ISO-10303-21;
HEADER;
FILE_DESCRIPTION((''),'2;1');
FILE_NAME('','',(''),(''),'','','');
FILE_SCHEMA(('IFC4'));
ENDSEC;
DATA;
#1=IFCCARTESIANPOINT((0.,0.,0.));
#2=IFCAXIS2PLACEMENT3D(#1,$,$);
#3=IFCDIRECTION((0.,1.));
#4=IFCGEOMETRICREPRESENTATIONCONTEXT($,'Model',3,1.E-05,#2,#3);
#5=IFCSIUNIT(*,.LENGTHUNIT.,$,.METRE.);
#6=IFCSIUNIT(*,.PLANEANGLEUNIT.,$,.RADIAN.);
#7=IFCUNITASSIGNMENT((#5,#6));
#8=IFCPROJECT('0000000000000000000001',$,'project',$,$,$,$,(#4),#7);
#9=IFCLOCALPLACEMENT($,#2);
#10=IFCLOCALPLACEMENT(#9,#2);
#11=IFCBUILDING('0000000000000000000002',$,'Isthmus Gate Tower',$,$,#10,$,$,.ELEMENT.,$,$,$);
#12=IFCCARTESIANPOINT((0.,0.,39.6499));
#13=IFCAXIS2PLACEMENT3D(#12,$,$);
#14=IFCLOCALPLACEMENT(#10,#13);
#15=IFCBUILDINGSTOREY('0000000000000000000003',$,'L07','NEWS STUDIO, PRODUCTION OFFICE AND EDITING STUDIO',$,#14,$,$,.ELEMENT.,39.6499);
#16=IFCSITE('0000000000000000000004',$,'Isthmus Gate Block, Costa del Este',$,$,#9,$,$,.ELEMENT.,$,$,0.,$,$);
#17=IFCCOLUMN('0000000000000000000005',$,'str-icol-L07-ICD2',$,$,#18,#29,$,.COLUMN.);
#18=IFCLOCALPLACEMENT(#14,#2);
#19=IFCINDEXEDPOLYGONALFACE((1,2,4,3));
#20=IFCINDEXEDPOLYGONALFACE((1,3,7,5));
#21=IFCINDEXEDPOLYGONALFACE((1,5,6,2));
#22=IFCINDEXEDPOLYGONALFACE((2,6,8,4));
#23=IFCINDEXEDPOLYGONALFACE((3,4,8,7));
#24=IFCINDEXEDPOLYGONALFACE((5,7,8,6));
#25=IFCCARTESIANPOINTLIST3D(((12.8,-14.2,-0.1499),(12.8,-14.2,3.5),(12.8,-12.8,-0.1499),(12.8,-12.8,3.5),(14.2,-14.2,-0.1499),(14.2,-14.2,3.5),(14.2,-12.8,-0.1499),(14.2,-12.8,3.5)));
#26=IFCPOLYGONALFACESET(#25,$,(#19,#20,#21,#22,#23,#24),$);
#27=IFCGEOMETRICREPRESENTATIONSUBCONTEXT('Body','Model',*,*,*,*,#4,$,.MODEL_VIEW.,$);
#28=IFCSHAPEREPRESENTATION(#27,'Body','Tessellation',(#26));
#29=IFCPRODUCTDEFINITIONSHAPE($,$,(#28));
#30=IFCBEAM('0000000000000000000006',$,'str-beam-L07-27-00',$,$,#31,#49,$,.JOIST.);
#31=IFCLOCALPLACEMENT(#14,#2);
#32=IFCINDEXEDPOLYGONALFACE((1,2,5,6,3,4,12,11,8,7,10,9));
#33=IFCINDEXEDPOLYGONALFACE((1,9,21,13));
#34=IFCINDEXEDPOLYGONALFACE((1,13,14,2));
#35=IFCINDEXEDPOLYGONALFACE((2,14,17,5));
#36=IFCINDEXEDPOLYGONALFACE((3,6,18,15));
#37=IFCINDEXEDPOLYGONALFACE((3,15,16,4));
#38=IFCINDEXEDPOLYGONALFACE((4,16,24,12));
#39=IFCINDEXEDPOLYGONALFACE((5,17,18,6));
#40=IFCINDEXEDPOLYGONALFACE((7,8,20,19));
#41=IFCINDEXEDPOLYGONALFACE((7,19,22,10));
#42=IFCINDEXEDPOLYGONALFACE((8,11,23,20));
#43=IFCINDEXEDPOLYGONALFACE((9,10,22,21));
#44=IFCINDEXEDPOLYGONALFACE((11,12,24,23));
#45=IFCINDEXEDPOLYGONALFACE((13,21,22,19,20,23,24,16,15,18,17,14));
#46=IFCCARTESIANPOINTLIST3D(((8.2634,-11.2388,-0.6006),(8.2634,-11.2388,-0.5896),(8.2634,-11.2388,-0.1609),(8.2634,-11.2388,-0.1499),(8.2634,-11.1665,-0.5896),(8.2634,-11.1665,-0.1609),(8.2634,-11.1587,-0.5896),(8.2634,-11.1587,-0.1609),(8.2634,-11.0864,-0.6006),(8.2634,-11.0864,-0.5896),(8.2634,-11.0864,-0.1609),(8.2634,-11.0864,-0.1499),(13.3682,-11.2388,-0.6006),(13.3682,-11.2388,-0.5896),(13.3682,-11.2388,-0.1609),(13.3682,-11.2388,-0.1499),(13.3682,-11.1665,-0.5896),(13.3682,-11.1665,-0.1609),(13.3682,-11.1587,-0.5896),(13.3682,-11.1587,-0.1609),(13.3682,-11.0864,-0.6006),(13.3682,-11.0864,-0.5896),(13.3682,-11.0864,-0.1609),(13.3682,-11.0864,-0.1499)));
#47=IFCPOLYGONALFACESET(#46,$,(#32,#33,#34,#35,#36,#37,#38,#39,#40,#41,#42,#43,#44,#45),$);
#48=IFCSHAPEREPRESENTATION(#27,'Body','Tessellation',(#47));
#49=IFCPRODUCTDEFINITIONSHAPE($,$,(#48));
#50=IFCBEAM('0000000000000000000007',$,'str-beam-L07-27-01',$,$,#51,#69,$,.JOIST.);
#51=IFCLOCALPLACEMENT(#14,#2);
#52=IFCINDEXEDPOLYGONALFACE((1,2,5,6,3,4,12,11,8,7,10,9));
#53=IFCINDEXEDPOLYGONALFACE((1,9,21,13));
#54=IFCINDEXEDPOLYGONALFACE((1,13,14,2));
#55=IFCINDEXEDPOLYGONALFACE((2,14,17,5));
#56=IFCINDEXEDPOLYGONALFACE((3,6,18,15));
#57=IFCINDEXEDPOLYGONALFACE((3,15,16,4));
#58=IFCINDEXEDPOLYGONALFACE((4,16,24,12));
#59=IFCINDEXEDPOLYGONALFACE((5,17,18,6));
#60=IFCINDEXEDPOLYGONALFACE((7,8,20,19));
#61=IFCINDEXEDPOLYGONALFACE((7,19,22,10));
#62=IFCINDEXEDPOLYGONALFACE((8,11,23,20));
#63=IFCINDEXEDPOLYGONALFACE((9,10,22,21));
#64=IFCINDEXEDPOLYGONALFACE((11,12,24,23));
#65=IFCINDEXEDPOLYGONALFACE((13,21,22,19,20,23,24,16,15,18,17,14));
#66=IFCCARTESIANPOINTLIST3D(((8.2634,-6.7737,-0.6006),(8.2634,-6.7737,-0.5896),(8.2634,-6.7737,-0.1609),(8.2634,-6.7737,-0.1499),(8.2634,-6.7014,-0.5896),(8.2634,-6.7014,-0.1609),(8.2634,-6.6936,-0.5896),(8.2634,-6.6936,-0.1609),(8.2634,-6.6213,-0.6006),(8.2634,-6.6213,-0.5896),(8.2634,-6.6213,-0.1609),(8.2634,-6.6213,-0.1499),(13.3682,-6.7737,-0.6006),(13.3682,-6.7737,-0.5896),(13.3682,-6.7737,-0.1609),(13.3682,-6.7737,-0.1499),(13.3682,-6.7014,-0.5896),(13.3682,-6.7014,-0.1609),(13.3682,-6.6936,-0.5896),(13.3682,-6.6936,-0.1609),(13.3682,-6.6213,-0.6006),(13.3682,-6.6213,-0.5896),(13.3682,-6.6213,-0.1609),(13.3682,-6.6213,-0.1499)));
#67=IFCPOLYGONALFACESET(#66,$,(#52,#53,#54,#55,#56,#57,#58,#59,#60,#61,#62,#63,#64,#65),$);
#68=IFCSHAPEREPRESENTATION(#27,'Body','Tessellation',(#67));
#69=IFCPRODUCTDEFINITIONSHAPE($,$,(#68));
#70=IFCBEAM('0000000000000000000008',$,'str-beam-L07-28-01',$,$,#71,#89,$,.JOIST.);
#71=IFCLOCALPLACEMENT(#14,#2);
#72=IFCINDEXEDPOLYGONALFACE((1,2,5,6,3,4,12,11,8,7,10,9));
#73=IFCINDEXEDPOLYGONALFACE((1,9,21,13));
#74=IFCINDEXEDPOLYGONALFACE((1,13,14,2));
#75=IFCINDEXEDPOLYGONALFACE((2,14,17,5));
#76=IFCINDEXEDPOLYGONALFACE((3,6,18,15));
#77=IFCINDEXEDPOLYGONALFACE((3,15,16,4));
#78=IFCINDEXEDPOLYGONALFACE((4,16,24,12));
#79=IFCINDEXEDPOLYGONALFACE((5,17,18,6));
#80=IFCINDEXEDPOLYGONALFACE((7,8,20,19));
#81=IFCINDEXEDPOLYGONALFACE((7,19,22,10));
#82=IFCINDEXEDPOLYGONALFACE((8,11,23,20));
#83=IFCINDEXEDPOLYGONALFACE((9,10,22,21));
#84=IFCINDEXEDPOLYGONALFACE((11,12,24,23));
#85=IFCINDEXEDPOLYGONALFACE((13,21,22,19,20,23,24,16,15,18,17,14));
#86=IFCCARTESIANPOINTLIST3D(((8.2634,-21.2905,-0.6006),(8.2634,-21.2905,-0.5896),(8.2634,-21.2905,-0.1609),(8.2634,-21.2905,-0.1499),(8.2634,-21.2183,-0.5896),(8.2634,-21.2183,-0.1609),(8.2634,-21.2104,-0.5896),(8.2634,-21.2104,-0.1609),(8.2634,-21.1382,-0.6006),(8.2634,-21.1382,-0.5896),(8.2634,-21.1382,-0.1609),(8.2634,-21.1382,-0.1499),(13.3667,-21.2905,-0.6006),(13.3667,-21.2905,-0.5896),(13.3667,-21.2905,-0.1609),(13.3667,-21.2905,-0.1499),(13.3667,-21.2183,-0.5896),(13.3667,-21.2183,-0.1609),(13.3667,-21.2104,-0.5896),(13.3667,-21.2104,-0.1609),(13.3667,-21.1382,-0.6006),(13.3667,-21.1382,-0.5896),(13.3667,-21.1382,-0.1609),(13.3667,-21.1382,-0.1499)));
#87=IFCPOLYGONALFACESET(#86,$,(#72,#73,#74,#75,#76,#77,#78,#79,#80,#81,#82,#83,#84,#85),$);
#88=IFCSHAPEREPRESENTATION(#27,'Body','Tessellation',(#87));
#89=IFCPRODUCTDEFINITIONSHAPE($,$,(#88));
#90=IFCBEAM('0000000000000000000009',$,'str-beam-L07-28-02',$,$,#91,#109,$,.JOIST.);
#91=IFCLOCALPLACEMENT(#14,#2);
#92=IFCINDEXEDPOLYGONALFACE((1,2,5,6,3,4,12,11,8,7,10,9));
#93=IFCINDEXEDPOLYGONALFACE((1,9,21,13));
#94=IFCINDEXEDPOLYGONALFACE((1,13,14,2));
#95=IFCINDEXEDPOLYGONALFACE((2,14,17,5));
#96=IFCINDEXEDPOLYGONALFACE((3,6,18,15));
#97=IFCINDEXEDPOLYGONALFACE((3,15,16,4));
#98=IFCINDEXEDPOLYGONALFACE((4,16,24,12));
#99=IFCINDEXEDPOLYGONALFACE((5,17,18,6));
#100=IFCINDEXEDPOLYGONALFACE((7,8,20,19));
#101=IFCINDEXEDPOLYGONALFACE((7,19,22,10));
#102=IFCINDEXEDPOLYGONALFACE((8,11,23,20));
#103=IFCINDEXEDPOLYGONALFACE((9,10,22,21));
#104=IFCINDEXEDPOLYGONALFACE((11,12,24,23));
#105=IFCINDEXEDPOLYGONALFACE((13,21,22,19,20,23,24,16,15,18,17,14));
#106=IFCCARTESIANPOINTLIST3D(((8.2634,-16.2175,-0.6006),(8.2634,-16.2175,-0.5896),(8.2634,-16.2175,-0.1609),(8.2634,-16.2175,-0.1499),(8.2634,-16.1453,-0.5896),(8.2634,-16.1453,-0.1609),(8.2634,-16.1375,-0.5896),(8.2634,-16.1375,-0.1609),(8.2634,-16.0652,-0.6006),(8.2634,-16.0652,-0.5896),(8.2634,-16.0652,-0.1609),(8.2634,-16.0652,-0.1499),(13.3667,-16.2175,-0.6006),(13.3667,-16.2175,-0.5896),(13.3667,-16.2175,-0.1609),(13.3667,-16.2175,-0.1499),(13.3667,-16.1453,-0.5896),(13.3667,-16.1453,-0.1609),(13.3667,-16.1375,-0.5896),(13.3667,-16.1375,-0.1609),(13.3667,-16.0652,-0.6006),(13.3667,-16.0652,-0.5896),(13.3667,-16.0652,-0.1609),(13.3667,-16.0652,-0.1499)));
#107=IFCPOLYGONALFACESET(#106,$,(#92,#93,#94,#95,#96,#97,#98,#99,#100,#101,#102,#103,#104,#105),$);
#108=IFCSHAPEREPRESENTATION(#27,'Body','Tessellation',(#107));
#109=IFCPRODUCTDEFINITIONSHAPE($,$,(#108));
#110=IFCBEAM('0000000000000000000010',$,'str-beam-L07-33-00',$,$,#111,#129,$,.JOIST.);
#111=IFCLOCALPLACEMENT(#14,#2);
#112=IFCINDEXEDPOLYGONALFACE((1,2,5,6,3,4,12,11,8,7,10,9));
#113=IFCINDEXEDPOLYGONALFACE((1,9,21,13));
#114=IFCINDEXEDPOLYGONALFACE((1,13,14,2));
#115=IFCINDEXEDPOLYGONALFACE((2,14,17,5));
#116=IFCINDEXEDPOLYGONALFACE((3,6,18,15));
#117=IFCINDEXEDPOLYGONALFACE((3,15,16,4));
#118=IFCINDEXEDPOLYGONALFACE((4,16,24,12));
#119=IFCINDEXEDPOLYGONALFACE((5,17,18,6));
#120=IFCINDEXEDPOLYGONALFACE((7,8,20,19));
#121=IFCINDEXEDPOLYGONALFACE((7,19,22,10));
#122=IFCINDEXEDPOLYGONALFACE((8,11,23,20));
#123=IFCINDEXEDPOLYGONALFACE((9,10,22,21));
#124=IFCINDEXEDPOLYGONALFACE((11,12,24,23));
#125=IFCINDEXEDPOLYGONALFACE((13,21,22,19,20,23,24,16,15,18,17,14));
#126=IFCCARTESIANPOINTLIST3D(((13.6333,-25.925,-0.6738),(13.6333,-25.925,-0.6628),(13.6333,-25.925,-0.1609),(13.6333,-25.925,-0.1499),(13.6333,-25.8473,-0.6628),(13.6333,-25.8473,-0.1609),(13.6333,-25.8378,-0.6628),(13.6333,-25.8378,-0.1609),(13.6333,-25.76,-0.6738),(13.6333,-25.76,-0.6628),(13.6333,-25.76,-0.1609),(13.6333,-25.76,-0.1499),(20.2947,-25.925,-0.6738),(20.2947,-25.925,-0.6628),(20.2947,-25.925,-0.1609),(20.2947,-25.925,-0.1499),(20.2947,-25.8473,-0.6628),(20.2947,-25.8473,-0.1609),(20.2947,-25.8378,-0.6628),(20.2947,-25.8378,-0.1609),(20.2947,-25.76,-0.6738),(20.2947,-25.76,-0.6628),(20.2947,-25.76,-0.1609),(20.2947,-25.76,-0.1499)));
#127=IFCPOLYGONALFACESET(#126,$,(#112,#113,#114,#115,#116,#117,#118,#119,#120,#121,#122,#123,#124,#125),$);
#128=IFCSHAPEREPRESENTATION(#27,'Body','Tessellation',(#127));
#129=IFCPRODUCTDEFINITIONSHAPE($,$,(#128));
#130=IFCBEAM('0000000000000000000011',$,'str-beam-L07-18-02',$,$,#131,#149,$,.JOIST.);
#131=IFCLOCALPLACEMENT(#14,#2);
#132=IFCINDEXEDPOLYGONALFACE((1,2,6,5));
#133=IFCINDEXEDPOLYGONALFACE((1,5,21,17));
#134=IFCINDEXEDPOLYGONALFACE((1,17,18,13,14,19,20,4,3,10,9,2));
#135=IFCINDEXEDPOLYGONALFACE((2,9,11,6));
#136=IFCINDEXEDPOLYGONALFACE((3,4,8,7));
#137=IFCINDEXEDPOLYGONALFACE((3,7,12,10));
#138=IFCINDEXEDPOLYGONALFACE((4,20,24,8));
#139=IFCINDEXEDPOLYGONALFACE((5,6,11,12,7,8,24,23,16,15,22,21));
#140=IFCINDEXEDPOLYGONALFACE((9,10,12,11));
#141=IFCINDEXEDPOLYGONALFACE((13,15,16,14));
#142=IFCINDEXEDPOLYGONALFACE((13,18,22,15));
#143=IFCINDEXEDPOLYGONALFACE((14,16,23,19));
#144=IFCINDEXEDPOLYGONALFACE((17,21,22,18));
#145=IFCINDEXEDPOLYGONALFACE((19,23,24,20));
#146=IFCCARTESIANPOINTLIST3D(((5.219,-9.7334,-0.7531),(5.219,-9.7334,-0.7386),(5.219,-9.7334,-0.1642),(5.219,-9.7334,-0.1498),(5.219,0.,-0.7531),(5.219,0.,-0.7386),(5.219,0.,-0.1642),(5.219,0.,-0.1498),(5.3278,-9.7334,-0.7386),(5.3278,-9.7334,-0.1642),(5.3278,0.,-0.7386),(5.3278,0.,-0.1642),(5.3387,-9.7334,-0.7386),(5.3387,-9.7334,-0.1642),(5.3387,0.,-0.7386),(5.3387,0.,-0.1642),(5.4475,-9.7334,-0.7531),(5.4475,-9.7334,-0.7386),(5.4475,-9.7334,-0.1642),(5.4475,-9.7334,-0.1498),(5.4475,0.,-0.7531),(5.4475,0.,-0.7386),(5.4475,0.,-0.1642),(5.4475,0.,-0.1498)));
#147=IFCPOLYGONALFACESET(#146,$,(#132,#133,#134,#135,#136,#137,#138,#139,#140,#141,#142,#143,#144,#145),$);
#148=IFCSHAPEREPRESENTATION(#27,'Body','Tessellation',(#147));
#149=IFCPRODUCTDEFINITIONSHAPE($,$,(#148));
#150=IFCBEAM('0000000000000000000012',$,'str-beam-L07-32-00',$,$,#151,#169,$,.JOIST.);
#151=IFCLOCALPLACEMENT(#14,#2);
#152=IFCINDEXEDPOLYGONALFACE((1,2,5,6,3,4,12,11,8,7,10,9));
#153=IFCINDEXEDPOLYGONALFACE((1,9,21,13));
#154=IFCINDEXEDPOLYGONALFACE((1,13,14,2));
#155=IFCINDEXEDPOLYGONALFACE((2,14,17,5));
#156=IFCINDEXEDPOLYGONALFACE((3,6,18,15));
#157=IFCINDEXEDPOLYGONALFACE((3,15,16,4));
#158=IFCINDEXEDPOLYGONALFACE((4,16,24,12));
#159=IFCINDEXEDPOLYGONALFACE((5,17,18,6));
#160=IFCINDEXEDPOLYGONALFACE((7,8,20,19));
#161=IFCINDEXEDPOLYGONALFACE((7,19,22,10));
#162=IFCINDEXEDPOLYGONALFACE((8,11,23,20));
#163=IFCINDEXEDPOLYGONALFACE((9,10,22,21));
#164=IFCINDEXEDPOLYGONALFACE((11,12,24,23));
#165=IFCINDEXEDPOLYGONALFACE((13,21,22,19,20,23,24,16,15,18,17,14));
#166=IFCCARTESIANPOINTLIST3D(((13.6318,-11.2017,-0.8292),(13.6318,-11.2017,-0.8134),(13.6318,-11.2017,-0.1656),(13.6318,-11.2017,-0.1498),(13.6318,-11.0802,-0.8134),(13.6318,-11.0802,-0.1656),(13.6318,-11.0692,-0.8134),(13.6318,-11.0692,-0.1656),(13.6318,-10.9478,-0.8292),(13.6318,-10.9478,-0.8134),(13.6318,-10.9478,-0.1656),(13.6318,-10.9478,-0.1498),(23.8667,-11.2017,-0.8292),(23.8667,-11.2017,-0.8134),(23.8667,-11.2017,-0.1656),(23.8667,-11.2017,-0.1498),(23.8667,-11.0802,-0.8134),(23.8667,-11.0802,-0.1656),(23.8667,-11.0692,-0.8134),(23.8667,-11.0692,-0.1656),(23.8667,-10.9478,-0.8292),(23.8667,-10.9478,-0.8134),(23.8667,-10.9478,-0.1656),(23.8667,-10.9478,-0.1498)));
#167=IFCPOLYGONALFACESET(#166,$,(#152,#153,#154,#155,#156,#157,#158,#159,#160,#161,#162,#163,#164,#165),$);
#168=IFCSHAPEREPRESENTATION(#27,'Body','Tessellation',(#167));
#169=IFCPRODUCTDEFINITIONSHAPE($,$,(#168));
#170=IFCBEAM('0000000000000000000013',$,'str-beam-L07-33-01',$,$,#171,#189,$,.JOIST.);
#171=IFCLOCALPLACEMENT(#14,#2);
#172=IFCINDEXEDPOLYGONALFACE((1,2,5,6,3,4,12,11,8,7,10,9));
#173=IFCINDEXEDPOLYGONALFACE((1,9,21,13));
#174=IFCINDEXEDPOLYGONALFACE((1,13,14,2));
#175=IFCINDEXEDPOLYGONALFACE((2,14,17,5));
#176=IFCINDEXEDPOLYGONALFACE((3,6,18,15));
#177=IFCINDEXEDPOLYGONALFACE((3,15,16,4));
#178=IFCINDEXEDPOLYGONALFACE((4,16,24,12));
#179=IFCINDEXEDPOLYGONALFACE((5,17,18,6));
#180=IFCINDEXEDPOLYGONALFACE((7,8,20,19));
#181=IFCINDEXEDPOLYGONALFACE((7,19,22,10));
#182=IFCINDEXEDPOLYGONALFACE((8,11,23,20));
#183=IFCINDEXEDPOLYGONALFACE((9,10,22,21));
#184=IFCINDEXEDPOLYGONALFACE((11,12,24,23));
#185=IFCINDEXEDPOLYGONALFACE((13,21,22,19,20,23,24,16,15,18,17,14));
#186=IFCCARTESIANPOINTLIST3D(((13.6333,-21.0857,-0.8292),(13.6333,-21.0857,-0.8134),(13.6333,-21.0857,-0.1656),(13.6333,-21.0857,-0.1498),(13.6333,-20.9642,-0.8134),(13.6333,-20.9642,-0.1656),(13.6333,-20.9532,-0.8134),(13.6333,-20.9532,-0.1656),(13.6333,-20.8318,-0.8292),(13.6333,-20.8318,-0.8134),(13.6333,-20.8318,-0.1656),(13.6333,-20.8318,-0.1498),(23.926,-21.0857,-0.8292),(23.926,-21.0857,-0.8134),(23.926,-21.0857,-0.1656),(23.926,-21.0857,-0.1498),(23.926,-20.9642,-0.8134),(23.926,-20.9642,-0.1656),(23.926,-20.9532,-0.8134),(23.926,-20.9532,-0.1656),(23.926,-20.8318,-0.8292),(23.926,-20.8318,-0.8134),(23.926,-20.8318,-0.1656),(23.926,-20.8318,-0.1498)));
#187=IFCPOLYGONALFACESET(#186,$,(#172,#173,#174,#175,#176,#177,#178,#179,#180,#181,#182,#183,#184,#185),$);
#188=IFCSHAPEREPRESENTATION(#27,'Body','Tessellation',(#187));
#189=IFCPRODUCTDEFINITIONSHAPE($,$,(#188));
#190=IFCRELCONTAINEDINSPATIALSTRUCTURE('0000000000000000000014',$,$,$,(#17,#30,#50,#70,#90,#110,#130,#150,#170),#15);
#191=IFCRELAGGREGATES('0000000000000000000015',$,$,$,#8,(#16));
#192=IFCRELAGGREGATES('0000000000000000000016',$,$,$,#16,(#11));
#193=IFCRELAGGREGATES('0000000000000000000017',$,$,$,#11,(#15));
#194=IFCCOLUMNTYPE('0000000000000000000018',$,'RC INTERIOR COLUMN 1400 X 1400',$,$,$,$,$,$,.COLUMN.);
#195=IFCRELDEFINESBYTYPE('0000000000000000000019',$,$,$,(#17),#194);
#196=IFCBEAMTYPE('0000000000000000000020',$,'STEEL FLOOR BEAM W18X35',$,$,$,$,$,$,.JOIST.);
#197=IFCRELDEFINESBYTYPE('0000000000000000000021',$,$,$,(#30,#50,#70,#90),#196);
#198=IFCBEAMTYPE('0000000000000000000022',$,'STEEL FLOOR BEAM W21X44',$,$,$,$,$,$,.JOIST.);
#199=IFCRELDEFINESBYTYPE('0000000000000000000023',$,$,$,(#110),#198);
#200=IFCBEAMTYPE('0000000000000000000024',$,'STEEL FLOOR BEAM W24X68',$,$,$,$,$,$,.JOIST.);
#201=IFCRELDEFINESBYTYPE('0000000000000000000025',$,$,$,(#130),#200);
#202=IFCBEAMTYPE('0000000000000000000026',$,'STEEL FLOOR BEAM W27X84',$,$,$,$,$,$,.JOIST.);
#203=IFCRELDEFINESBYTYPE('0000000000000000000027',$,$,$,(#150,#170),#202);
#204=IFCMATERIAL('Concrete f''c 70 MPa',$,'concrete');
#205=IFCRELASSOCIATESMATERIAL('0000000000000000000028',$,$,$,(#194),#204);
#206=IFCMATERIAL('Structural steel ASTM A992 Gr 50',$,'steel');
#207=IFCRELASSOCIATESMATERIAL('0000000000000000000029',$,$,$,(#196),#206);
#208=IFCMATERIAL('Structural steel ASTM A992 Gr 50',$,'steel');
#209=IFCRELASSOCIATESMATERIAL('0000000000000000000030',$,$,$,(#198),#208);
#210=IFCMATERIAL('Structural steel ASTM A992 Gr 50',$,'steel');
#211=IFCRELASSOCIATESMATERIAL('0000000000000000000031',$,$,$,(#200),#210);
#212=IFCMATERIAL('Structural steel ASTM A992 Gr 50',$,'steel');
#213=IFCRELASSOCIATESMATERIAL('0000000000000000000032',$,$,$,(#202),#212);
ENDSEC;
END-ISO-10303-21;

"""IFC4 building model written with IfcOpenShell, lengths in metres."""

from ifc_helpers import new_model, si_unit, direction, frame, origin, origin_2d, place, context, subcontext, project, spatial, rectangle, i_section, extrude, material, material_profile, profile_set, type_object, element, save


model = new_model("IFC4")

# Units and contexts
model_context = context("Model", 3, precision=1e-05, world=origin(), true_north=direction((0.0, 1.0)))
body_context = subcontext(model_context, "Body", "Model", "MODEL_VIEW")
ifc_project = project(units=[si_unit("LENGTHUNIT", "METRE"), si_unit("PLANEANGLEUNIT", "RADIAN")], contexts=[model_context])

# Site, building, storey
site_placement = place(None, origin())
site = spatial("IfcSite", under=ifc_project, at=site_placement, Name="Isthmus Gate Block, Costa del Este", CompositionType="ELEMENT", RefElevation=0.0)
building_placement = place(site_placement, origin())
building = spatial("IfcBuilding", under=site, at=building_placement, Name="Isthmus Gate Tower", CompositionType="ELEMENT")
storey_placement = place(building_placement, frame((0.0, 0.0, 39.6499)))
storey = spatial("IfcBuildingStorey", under=building, at=storey_placement, Name="L07", Description="NEWS STUDIO, PRODUCTION OFFICE AND EDITING STUDIO", CompositionType="ELEMENT", Elevation=39.6499)

# Column
ifc_material_1 = material(Name="Concrete f'c 70 MPa", Category="concrete")
ifc_material_profile_1 = material_profile(ifc_material_1, rectangle(XDim=1.3999, YDim=1.3999, at=origin_2d()), Name="RC 1400X1400")
ifc_profile_set_1 = profile_set([ifc_material_profile_1], Name="Concrete f'c 70 MPa")
column_type = type_object("IfcColumnType", Name="RC INTERIOR COLUMN 1400 X 1400", PredefinedType="COLUMN", material=ifc_profile_set_1)
column_placement = place(storey_placement, frame((13.5, -13.5, -0.1499), z_axis=(0.0, 0.0, 1.0), x_axis=(1.0, 0.0, 0.0)))
element("IfcColumn", 1, at=column_placement, inside=storey, type_object=column_type, Name="str-icol-L07-ICD2", PredefinedType="COLUMN", context=body_context, shape_type="SweptSolid", body=[
    extrude(rectangle(XDim=1.3999, YDim=1.3999, at=origin_2d()), origin(), (0.0, 0.0, 1.0), 3.6499),
])

# Beams
ifc_material_2 = material(Name="Structural steel ASTM A992 Gr 50", Category="steel")
ifc_material_profile_2 = material_profile(ifc_material_2, i_section(OverallWidth=0.1523, OverallDepth=0.4507, WebThickness=0.0078, FlangeThickness=0.011, at=origin_2d()), Name="W18X35")
ifc_profile_set_2 = profile_set([ifc_material_profile_2], Name="Structural steel ASTM A992 Gr 50")
beam_type_1 = type_object("IfcBeamType", Name="STEEL FLOOR BEAM W18X35", PredefinedType="JOIST", material=ifc_profile_set_2)
for number, where, z_axis, x_axis, name in (
    (2, (8.2634, -11.1626, -0.3752), (1.0, 0.0, 0.0), (0.0, 1.0, 0.0), "str-beam-L07-27-00"),
    (3, (8.2634, -6.6975, -0.3752), (1.0, 0.0, 0.0), (0.0, 1.0, 0.0), "str-beam-L07-27-01"),
):
    element("IfcBeam", number, at=place(storey_placement, frame(where, z_axis=z_axis, x_axis=x_axis)), inside=storey, type_object=beam_type_1, Name=name, PredefinedType="JOIST", context=body_context, shape_type="SweptSolid", body=[
        extrude(i_section(OverallWidth=0.1523, OverallDepth=0.4507, WebThickness=0.0078, FlangeThickness=0.011, at=origin_2d()), origin(), (0.0, 0.0, 1.0), 5.1047),
    ])
for number, where, z_axis, x_axis, name in (
    (4, (8.2634, -21.2144, -0.3752), (1.0, 0.0, 0.0), (0.0, 1.0, 0.0), "str-beam-L07-28-01"),
    (5, (8.2634, -16.1414, -0.3752), (1.0, 0.0, 0.0), (0.0, 1.0, 0.0), "str-beam-L07-28-02"),
):
    element("IfcBeam", number, at=place(storey_placement, frame(where, z_axis=z_axis, x_axis=x_axis)), inside=storey, type_object=beam_type_1, Name=name, PredefinedType="JOIST", context=body_context, shape_type="SweptSolid", body=[
        extrude(i_section(OverallWidth=0.1523, OverallDepth=0.4507, WebThickness=0.0078, FlangeThickness=0.011, at=origin_2d()), origin(), (0.0, 0.0, 1.0), 5.1033),
    ])
ifc_material_3 = material(Name="Structural steel ASTM A992 Gr 50", Category="steel")
ifc_material_profile_3 = material_profile(ifc_material_3, i_section(OverallWidth=0.165, OverallDepth=0.5239, WebThickness=0.0095, FlangeThickness=0.011, at=origin_2d()), Name="W21X44")
ifc_profile_set_3 = profile_set([ifc_material_profile_3], Name="Structural steel ASTM A992 Gr 50")
beam_type_2 = type_object("IfcBeamType", Name="STEEL FLOOR BEAM W21X44", PredefinedType="JOIST", material=ifc_profile_set_3)
beam_1_placement = place(storey_placement, frame((13.6333, -25.8425, -0.4119), z_axis=(1.0, 0.0, 0.0), x_axis=(0.0, 1.0, 0.0)))
element("IfcBeam", 6, at=beam_1_placement, inside=storey, type_object=beam_type_2, Name="str-beam-L07-33-00", PredefinedType="JOIST", context=body_context, shape_type="SweptSolid", body=[
    extrude(i_section(OverallWidth=0.165, OverallDepth=0.5239, WebThickness=0.0095, FlangeThickness=0.011, at=origin_2d()), origin(), (0.0, 0.0, 1.0), 6.6614),
])
ifc_material_4 = material(Name="Structural steel ASTM A992 Gr 50", Category="steel")
ifc_material_profile_4 = material_profile(ifc_material_4, i_section(OverallWidth=0.2285, OverallDepth=0.6033, WebThickness=0.011, FlangeThickness=0.0144, at=origin_2d()), Name="W24X68")
ifc_profile_set_4 = profile_set([ifc_material_profile_4], Name="Structural steel ASTM A992 Gr 50")
beam_type_3 = type_object("IfcBeamType", Name="STEEL FLOOR BEAM W24X68", PredefinedType="JOIST", material=ifc_profile_set_4)
beam_2_placement = place(storey_placement, frame((5.3333, -9.7334, -0.4514), z_axis=(0.0, 1.0, 0.0), x_axis=(-1.0, 0.0, 0.0)))
element("IfcBeam", 7, at=beam_2_placement, inside=storey, type_object=beam_type_3, Name="str-beam-L07-18-02", PredefinedType="JOIST", context=body_context, shape_type="SweptSolid", body=[
    extrude(i_section(OverallWidth=0.2285, OverallDepth=0.6033, WebThickness=0.011, FlangeThickness=0.0144, at=origin_2d()), origin(), (0.0, 0.0, 1.0), 9.7334),
])
ifc_material_5 = material(Name="Structural steel ASTM A992 Gr 50", Category="steel")
ifc_material_profile_5 = material_profile(ifc_material_5, i_section(OverallWidth=0.2539, OverallDepth=0.6794, WebThickness=0.011, FlangeThickness=0.0159, at=origin_2d()), Name="W27X84")
ifc_profile_set_5 = profile_set([ifc_material_profile_5], Name="Structural steel ASTM A992 Gr 50")
beam_type_4 = type_object("IfcBeamType", Name="STEEL FLOOR BEAM W27X84", PredefinedType="JOIST", material=ifc_profile_set_5)
beam_3_placement = place(storey_placement, frame((13.6318, -11.0747, -0.4895), z_axis=(1.0, 0.0, 0.0), x_axis=(0.0, 1.0, 0.0)))
element("IfcBeam", 8, at=beam_3_placement, inside=storey, type_object=beam_type_4, Name="str-beam-L07-32-00", PredefinedType="JOIST", context=body_context, shape_type="SweptSolid", body=[
    extrude(i_section(OverallWidth=0.2539, OverallDepth=0.6794, WebThickness=0.011, FlangeThickness=0.0159, at=origin_2d()), origin(), (0.0, 0.0, 1.0), 10.2349),
])
beam_4_placement = place(storey_placement, frame((13.6333, -20.9587, -0.4895), z_axis=(1.0, 0.0, 0.0), x_axis=(0.0, 1.0, 0.0)))
element("IfcBeam", 9, at=beam_4_placement, inside=storey, type_object=beam_type_4, Name="str-beam-L07-33-01", PredefinedType="JOIST", context=body_context, shape_type="SweptSolid", body=[
    extrude(i_section(OverallWidth=0.2539, OverallDepth=0.6794, WebThickness=0.011, FlangeThickness=0.0159, at=origin_2d()), origin(), (0.0, 0.0, 1.0), 10.2927),
])

save(model, "model.ifc")
